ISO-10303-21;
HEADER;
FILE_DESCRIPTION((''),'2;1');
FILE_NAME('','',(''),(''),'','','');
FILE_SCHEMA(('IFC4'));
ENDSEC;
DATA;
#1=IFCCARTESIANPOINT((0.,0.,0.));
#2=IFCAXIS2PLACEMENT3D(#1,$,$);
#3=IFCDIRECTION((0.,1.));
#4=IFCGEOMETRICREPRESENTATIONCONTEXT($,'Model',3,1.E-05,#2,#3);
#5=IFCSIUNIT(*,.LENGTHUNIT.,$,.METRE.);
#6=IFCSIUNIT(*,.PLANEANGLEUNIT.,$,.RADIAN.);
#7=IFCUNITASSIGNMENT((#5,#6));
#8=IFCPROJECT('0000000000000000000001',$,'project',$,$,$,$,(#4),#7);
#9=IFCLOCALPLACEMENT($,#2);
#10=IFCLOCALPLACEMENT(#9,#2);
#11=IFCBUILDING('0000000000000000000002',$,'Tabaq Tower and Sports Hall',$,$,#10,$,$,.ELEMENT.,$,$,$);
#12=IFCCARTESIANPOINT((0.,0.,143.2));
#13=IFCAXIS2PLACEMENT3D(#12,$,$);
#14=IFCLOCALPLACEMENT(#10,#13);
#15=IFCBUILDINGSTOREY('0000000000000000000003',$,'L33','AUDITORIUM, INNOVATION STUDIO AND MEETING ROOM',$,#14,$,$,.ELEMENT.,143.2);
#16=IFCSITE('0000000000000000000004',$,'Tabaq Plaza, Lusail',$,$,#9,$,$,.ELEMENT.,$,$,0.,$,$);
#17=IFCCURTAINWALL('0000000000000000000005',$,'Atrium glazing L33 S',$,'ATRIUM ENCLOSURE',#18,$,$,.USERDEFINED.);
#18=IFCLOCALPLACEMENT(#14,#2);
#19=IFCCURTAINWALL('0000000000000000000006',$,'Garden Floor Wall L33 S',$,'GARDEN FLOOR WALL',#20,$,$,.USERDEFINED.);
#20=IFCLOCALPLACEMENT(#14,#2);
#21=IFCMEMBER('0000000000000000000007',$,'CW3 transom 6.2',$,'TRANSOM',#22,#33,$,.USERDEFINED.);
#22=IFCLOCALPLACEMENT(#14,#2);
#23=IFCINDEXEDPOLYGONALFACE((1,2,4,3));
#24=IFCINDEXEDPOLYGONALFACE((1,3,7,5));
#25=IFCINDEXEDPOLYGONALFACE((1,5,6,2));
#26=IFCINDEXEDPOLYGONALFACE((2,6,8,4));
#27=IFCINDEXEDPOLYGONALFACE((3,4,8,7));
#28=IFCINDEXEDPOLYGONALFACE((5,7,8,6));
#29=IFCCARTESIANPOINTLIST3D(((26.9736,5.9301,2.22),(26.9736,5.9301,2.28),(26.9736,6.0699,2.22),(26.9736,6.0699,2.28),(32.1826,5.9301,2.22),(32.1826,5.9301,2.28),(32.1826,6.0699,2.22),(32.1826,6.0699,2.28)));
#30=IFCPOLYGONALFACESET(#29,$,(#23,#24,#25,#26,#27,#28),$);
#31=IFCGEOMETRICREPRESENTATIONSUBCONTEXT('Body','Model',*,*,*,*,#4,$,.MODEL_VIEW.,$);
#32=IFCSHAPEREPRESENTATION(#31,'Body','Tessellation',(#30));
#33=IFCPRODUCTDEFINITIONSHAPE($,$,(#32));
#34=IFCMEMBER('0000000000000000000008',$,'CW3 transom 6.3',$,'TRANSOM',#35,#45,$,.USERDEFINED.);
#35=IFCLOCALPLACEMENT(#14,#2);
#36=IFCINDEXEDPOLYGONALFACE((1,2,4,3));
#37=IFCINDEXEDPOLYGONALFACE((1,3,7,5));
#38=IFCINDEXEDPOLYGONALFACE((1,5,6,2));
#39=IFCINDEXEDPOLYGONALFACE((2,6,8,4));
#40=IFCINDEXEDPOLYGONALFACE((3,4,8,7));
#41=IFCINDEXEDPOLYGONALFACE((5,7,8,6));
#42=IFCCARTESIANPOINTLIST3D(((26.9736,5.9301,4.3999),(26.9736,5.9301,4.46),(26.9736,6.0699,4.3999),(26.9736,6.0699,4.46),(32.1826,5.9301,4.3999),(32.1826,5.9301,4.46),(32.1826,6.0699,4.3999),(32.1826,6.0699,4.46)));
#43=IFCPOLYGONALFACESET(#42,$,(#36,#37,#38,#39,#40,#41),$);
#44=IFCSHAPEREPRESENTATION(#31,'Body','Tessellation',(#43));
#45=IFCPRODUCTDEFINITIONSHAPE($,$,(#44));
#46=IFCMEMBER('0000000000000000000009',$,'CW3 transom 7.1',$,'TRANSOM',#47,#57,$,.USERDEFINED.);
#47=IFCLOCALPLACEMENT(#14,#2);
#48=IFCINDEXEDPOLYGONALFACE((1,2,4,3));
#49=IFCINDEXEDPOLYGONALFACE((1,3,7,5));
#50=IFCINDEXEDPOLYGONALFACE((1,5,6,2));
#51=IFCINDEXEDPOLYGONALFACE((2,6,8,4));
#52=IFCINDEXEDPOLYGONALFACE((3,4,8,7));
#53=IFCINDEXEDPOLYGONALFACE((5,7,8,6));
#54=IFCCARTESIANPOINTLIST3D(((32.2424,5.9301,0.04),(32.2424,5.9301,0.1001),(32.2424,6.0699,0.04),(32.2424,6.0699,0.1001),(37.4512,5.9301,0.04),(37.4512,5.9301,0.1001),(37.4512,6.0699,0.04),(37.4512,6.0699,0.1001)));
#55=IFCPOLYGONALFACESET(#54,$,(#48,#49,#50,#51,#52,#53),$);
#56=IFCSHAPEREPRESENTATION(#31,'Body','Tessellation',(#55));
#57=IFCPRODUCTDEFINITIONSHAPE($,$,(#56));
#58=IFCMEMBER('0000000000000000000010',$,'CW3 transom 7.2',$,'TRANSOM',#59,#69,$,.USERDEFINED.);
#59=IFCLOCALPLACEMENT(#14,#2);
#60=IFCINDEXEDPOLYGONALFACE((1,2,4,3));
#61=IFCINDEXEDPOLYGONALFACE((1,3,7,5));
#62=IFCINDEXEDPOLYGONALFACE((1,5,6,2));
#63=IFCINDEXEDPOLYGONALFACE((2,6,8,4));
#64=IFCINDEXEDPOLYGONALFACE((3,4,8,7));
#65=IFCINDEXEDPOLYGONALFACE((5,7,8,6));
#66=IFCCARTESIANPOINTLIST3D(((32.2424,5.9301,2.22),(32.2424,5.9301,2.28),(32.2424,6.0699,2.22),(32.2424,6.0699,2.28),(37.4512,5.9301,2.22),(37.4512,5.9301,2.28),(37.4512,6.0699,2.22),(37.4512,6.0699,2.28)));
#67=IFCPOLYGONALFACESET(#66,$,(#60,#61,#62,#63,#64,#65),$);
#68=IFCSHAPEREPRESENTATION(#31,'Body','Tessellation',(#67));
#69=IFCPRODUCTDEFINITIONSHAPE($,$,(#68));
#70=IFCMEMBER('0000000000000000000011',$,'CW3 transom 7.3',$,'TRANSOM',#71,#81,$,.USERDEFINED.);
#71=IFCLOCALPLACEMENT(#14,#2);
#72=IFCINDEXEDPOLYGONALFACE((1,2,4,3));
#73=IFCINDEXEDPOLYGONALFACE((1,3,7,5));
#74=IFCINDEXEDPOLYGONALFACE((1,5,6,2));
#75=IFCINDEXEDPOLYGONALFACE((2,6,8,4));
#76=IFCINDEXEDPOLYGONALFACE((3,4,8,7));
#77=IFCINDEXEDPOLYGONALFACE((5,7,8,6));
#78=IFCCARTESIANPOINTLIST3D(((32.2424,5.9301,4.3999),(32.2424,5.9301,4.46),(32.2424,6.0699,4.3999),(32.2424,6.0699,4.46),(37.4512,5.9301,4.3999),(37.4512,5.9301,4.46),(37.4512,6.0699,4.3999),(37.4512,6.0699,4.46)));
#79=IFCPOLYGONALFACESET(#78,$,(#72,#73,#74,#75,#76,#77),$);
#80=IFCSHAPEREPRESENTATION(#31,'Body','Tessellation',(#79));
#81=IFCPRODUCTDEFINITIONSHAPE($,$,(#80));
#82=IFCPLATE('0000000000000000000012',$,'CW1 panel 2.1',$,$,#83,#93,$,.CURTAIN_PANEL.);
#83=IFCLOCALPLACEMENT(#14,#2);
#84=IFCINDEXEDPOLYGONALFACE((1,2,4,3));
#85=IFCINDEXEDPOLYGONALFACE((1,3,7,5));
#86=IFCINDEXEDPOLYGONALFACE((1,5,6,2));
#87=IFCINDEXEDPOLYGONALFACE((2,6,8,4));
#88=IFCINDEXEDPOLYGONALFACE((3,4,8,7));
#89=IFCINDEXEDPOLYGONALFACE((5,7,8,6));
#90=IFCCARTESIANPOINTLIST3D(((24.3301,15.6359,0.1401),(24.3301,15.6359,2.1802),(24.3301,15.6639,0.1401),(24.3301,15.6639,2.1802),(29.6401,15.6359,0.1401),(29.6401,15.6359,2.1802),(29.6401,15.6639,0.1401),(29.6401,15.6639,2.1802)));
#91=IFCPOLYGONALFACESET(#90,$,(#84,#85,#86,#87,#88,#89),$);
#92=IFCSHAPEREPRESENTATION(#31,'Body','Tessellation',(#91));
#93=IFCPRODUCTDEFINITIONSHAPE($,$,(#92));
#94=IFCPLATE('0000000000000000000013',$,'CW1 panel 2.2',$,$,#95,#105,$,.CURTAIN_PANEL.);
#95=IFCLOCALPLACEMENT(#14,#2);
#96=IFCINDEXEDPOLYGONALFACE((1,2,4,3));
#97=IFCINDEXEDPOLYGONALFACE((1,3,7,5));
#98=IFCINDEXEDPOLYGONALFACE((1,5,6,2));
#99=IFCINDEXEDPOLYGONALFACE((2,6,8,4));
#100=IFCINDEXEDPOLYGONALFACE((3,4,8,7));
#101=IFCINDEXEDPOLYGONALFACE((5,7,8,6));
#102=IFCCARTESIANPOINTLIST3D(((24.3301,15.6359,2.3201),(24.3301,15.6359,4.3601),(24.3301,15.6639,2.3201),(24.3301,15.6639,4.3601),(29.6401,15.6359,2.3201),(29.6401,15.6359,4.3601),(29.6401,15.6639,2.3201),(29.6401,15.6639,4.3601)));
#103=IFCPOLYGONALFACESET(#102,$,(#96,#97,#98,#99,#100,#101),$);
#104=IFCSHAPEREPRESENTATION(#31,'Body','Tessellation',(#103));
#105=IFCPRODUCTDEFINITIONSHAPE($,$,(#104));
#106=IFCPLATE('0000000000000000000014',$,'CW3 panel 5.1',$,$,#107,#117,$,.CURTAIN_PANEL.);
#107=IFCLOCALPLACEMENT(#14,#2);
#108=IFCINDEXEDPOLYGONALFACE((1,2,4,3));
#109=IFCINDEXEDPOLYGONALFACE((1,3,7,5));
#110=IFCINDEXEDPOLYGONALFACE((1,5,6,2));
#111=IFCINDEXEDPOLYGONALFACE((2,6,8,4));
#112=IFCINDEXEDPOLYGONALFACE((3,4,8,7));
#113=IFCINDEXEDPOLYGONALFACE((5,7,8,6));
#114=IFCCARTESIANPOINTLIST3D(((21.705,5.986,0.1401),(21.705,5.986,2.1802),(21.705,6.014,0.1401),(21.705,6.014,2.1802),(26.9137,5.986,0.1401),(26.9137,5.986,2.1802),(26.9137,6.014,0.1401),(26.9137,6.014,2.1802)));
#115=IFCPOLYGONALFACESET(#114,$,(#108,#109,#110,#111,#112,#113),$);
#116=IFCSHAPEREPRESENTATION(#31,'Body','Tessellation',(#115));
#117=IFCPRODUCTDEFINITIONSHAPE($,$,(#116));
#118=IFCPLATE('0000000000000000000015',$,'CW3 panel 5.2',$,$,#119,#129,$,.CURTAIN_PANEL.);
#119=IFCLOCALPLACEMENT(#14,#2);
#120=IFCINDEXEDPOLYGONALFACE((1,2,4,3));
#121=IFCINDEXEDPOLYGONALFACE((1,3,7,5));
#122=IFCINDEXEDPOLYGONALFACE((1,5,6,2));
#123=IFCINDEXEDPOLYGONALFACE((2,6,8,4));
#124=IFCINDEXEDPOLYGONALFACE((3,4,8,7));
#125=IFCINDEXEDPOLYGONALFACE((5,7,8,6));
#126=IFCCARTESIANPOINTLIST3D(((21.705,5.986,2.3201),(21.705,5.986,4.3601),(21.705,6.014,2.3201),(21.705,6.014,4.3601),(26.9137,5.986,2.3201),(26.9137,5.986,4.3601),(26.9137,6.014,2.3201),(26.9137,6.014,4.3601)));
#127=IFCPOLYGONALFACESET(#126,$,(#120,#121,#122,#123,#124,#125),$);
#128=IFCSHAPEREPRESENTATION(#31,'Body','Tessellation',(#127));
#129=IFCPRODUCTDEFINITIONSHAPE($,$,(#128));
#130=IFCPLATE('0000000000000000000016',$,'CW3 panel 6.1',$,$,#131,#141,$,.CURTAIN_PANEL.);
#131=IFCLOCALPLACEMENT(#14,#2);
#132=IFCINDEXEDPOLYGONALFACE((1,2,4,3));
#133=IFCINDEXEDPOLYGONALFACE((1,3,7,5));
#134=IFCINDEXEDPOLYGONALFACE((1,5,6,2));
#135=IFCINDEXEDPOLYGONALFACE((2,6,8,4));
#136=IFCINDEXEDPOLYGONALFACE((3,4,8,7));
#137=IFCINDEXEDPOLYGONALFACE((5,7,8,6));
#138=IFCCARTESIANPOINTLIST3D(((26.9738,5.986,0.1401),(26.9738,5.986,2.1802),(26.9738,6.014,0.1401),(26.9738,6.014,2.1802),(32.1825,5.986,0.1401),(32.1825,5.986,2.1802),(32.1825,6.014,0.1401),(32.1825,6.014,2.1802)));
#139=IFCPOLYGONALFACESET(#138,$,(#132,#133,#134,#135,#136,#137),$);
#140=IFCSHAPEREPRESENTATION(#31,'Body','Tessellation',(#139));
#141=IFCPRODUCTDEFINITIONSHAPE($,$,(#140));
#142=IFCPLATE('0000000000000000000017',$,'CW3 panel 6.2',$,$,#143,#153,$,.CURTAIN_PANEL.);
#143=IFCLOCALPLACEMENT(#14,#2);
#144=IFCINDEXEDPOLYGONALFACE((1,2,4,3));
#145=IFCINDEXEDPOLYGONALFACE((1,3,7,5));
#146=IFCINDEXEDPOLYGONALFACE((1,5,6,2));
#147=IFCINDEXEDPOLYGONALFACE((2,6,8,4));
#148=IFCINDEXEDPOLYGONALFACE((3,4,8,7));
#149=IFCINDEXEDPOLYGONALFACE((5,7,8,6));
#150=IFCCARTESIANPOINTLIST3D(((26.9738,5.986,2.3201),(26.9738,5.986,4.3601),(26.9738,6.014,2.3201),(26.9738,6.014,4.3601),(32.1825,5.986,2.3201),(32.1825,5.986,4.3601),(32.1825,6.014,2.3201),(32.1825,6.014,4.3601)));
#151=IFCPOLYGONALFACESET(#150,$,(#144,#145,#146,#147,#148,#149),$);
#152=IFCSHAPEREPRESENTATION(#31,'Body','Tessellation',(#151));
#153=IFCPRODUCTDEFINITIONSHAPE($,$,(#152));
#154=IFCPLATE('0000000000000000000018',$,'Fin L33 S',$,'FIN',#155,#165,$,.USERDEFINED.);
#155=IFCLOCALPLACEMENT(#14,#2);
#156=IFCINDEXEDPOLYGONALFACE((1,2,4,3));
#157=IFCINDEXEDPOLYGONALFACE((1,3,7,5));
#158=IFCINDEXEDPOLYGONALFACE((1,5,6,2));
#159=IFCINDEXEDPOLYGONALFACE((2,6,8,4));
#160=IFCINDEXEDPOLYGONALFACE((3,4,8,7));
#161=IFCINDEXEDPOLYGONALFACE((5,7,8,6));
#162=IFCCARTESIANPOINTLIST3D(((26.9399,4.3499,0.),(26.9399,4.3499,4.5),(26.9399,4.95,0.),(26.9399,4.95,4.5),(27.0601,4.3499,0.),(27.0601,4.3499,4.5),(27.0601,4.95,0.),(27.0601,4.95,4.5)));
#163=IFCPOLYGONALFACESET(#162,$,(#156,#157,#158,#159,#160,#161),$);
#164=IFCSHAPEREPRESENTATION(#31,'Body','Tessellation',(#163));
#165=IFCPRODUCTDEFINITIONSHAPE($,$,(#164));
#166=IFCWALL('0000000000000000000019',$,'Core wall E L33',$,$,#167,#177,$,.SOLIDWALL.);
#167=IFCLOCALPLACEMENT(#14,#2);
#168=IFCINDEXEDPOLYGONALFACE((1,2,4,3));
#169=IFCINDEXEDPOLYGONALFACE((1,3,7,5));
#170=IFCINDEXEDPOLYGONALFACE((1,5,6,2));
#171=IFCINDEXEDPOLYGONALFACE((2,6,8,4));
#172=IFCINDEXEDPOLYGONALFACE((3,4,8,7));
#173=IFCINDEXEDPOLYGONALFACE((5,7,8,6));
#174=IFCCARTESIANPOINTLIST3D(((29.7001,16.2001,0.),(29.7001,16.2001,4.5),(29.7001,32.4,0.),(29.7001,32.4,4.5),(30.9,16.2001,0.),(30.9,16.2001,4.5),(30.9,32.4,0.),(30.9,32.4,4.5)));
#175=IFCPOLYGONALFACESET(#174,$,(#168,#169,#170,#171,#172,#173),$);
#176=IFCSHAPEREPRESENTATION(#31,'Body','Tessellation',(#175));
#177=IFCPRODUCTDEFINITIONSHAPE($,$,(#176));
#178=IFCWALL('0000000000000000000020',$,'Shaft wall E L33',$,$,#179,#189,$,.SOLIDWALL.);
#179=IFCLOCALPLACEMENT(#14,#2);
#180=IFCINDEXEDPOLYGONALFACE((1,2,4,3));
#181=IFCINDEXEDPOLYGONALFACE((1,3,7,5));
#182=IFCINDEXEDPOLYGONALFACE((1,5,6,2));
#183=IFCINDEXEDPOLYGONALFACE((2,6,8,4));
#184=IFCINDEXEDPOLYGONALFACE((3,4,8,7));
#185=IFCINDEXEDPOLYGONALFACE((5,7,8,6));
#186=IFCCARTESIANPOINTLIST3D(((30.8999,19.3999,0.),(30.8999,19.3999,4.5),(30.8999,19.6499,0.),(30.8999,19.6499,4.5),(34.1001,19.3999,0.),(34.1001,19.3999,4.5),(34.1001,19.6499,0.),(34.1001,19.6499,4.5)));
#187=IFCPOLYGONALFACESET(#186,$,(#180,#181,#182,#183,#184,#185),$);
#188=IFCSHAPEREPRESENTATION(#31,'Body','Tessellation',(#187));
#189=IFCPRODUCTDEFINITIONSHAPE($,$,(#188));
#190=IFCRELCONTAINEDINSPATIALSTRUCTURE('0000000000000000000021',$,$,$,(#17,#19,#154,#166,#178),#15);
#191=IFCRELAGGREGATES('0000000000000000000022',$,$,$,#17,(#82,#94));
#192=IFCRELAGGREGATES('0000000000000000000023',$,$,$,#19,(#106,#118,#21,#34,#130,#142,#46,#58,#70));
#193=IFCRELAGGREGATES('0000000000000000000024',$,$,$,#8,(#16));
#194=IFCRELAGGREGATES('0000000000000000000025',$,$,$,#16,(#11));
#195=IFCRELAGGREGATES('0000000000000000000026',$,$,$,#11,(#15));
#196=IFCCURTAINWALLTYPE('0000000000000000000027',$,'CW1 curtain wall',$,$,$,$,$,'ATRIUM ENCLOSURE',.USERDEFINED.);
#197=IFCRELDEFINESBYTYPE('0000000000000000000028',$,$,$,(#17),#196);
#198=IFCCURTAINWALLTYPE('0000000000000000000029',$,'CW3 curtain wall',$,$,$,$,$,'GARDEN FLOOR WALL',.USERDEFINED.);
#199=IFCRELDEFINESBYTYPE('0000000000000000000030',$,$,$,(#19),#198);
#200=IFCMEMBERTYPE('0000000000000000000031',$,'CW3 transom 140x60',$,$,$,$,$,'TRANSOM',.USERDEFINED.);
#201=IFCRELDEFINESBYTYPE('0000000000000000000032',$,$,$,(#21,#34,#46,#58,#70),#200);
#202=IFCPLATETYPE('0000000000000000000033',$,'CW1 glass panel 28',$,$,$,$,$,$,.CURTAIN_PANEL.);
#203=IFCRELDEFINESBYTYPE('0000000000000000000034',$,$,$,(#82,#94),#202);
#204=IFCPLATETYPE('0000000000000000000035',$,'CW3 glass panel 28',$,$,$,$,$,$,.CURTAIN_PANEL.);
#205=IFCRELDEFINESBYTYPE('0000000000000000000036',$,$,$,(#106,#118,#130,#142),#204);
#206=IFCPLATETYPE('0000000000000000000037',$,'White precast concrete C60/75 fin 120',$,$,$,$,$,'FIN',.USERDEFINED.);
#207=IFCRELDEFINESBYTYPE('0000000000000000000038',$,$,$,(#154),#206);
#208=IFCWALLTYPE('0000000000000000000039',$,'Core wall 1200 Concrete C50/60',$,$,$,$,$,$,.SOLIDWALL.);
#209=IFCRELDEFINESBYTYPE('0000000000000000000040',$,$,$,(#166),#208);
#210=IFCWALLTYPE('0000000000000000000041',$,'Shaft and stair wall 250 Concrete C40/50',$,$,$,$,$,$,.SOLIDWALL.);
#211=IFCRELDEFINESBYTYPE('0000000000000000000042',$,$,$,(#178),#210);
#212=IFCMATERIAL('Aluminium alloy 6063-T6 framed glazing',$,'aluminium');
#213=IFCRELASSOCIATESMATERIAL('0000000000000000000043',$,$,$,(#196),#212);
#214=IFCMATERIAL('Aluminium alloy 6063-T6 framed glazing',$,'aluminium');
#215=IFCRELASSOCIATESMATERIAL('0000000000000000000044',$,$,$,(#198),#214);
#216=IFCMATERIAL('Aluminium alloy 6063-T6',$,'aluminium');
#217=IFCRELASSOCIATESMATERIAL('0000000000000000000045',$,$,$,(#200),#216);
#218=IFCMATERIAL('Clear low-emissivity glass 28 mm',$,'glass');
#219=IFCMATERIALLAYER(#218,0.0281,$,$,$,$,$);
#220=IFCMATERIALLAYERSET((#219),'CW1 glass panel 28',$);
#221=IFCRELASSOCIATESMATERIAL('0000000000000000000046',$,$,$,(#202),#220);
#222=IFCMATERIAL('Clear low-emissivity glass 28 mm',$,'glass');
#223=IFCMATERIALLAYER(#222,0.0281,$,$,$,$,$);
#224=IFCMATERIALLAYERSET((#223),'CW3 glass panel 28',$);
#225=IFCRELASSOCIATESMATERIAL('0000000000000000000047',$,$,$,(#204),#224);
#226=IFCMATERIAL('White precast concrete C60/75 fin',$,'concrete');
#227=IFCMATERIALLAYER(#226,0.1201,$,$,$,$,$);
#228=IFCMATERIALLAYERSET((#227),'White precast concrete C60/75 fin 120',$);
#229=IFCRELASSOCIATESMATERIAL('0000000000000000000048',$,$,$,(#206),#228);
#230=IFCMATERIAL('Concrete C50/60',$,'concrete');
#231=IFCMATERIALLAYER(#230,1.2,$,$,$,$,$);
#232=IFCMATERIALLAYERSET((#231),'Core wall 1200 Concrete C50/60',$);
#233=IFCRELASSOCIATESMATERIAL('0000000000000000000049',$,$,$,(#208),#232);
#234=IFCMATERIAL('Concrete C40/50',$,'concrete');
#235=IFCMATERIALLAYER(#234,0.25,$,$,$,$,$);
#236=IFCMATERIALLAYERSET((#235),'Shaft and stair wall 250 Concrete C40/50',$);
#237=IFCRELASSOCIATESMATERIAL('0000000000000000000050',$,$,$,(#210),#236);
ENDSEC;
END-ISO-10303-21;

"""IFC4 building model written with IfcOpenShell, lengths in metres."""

from ifc_helpers import new_model, si_unit, direction, frame, frame_2d, origin, origin_2d, place, context, subcontext, project, spatial, rectangle, extrude, material, layer, layer_set, material_profile, profile_set, type_object, element, aggregate, save


model = new_model("IFC4")

# Units and contexts
model_context = context("Model", 3, precision=1e-05, world=origin(), true_north=direction((0.0, 1.0)))
body_context = subcontext(model_context, "Body", "Model", "MODEL_VIEW")
ifc_project = project(units=[si_unit("LENGTHUNIT", "METRE"), si_unit("PLANEANGLEUNIT", "RADIAN")], contexts=[model_context])

# Site, building, storey
site_placement = place(None, origin())
site = spatial("IfcSite", under=ifc_project, at=site_placement, Name="Tabaq Plaza, Lusail", CompositionType="ELEMENT", RefElevation=0.0)
building_placement = place(site_placement, origin())
building = spatial("IfcBuilding", under=site, at=building_placement, Name="Tabaq Tower and Sports Hall", CompositionType="ELEMENT")
storey_placement = place(building_placement, frame((0.0, 0.0, 143.2)))
storey = spatial("IfcBuildingStorey", under=building, at=storey_placement, Name="L33", Description="AUDITORIUM, INNOVATION STUDIO AND MEETING ROOM", CompositionType="ELEMENT", Elevation=143.2)

# Curtain walls, members
ifc_material_1 = material(Name="Aluminium alloy 6063-T6 framed glazing", Category="aluminium")
curtain_wall_type_1 = type_object("IfcCurtainWallType", Name="CW1 curtain wall", ElementType="ATRIUM ENCLOSURE", PredefinedType="USERDEFINED", material=ifc_material_1)
curtain_wall_1_placement = place(storey_placement, origin())
curtain_wall_1 = element("IfcCurtainWall", 1, at=curtain_wall_1_placement, inside=storey, type_object=curtain_wall_type_1, Name="Atrium glazing L33 S", ObjectType="ATRIUM ENCLOSURE", PredefinedType="USERDEFINED")
ifc_material_2 = material(Name="Aluminium alloy 6063-T6 framed glazing", Category="aluminium")
curtain_wall_type_2 = type_object("IfcCurtainWallType", Name="CW3 curtain wall", ElementType="GARDEN FLOOR WALL", PredefinedType="USERDEFINED", material=ifc_material_2)
curtain_wall_2_placement = place(storey_placement, origin())
curtain_wall_2 = element("IfcCurtainWall", 2, at=curtain_wall_2_placement, inside=storey, type_object=curtain_wall_type_2, Name="Garden Floor Wall L33 S", ObjectType="GARDEN FLOOR WALL", PredefinedType="USERDEFINED")
ifc_material_3 = material(Name="Aluminium alloy 6063-T6", Category="aluminium")
ifc_material_profile_1 = material_profile(ifc_material_3, rectangle(XDim=0.1399, YDim=0.0601, at=origin_2d()), Name="TRANSOM 140x60")
ifc_profile_set_1 = profile_set([ifc_material_profile_1], Name="Aluminium alloy 6063-T6")
member_type_1 = type_object("IfcMemberType", Name="CW3 transom 140x60", ElementType="TRANSOM", PredefinedType="USERDEFINED", material=ifc_profile_set_1)
member_1_placement = place(storey_placement, frame((26.9736, 6.0, 2.25), z_axis=(1.0, 0.0, 0.0), x_axis=(0.0, 1.0, 0.0)))
member_1 = element("IfcMember", 3, at=member_1_placement, type_object=member_type_1, Name="CW3 transom 6.2", ObjectType="TRANSOM", PredefinedType="USERDEFINED", context=body_context, shape_type="SweptSolid", body=[
    extrude(rectangle(XDim=0.1399, YDim=0.0601, at=origin_2d()), origin(), (0.0, 0.0, 1.0), 5.209),
])
member_2_placement = place(storey_placement, frame((26.9736, 6.0, 4.4299), z_axis=(1.0, 0.0, 0.0), x_axis=(0.0, 1.0, 0.0)))
member_2 = element("IfcMember", 4, at=member_2_placement, type_object=member_type_1, Name="CW3 transom 6.3", ObjectType="TRANSOM", PredefinedType="USERDEFINED", context=body_context, shape_type="SweptSolid", body=[
    extrude(rectangle(XDim=0.1399, YDim=0.0601, at=origin_2d()), origin(), (0.0, 0.0, 1.0), 5.209),
])
member_3_placement = place(storey_placement, frame((32.2424, 6.0, 0.0701), z_axis=(1.0, 0.0, 0.0), x_axis=(0.0, 1.0, 0.0)))
member_3 = element("IfcMember", 5, at=member_3_placement, type_object=member_type_1, Name="CW3 transom 7.1", ObjectType="TRANSOM", PredefinedType="USERDEFINED", context=body_context, shape_type="SweptSolid", body=[
    extrude(rectangle(XDim=0.1399, YDim=0.0601, at=origin_2d()), origin(), (0.0, 0.0, 1.0), 5.2087),
])
member_4_placement = place(storey_placement, frame((32.2424, 6.0, 2.25), z_axis=(1.0, 0.0, 0.0), x_axis=(0.0, 1.0, 0.0)))
member_4 = element("IfcMember", 6, at=member_4_placement, type_object=member_type_1, Name="CW3 transom 7.2", ObjectType="TRANSOM", PredefinedType="USERDEFINED", context=body_context, shape_type="SweptSolid", body=[
    extrude(rectangle(XDim=0.1399, YDim=0.0601, at=origin_2d()), origin(), (0.0, 0.0, 1.0), 5.2087),
])
member_5_placement = place(storey_placement, frame((32.2424, 6.0, 4.4299), z_axis=(1.0, 0.0, 0.0), x_axis=(0.0, 1.0, 0.0)))
member_5 = element("IfcMember", 7, at=member_5_placement, type_object=member_type_1, Name="CW3 transom 7.3", ObjectType="TRANSOM", PredefinedType="USERDEFINED", context=body_context, shape_type="SweptSolid", body=[
    extrude(rectangle(XDim=0.1399, YDim=0.0601, at=origin_2d()), origin(), (0.0, 0.0, 1.0), 5.2087),
])

# Plates
ifc_material_4 = material(Name="Clear low-emissivity glass 28 mm", Category="glass")
ifc_layer_1 = layer(ifc_material_4, 0.0281)
ifc_layer_set_1 = layer_set([ifc_layer_1], Name="CW1 glass panel 28")
plate_type_1 = type_object("IfcPlateType", Name="CW1 glass panel 28", PredefinedType="CURTAIN_PANEL", material=ifc_layer_set_1)
plate_1_placement = place(storey_placement, frame((26.9851, 15.6499, 0.1401), z_axis=(0.0, 0.0, 1.0), x_axis=(1.0, 0.0, 0.0)))
plate_1 = element("IfcPlate", 8, at=plate_1_placement, type_object=plate_type_1, Name="CW1 panel 2.1", PredefinedType="CURTAIN_PANEL", context=body_context, shape_type="SweptSolid", body=[
    extrude(rectangle(XDim=5.3101, YDim=0.0281, at=origin_2d()), origin(), (0.0, 0.0, 1.0), 2.04),
])
plate_2_placement = place(storey_placement, frame((26.9851, 15.6499, 2.3201), z_axis=(0.0, 0.0, 1.0), x_axis=(1.0, 0.0, 0.0)))
plate_2 = element("IfcPlate", 9, at=plate_2_placement, type_object=plate_type_1, Name="CW1 panel 2.2", PredefinedType="CURTAIN_PANEL", context=body_context, shape_type="SweptSolid", body=[
    extrude(rectangle(XDim=5.3101, YDim=0.0281, at=origin_2d()), origin(), (0.0, 0.0, 1.0), 2.04),
])
aggregate(curtain_wall_1, [plate_1, plate_2])
ifc_material_5 = material(Name="Clear low-emissivity glass 28 mm", Category="glass")
ifc_layer_2 = layer(ifc_material_5, 0.0281)
ifc_layer_set_2 = layer_set([ifc_layer_2], Name="CW3 glass panel 28")
plate_type_2 = type_object("IfcPlateType", Name="CW3 glass panel 28", PredefinedType="CURTAIN_PANEL", material=ifc_layer_set_2)
plate_3_placement = place(storey_placement, frame((24.3093, 6.0, 0.1401), z_axis=(0.0, 0.0, 1.0), x_axis=(1.0, 0.0, 0.0)))
plate_3 = element("IfcPlate", 10, at=plate_3_placement, type_object=plate_type_2, Name="CW3 panel 5.1", PredefinedType="CURTAIN_PANEL", context=body_context, shape_type="SweptSolid", body=[
    extrude(rectangle(XDim=5.2087, YDim=0.0281, at=origin_2d()), origin(), (0.0, 0.0, 1.0), 2.04),
])
plate_4_placement = place(storey_placement, frame((24.3093, 6.0, 2.3201), z_axis=(0.0, 0.0, 1.0), x_axis=(1.0, 0.0, 0.0)))
plate_4 = element("IfcPlate", 11, at=plate_4_placement, type_object=plate_type_2, Name="CW3 panel 5.2", PredefinedType="CURTAIN_PANEL", context=body_context, shape_type="SweptSolid", body=[
    extrude(rectangle(XDim=5.2087, YDim=0.0281, at=origin_2d()), origin(), (0.0, 0.0, 1.0), 2.04),
])
plate_5_placement = place(storey_placement, frame((29.5781, 6.0, 0.1401), z_axis=(0.0, 0.0, 1.0), x_axis=(1.0, 0.0, 0.0)))
plate_5 = element("IfcPlate", 12, at=plate_5_placement, type_object=plate_type_2, Name="CW3 panel 6.1", PredefinedType="CURTAIN_PANEL", context=body_context, shape_type="SweptSolid", body=[
    extrude(rectangle(XDim=5.2087, YDim=0.0281, at=origin_2d()), origin(), (0.0, 0.0, 1.0), 2.04),
])
plate_6_placement = place(storey_placement, frame((29.5781, 6.0, 2.3201), z_axis=(0.0, 0.0, 1.0), x_axis=(1.0, 0.0, 0.0)))
plate_6 = element("IfcPlate", 13, at=plate_6_placement, type_object=plate_type_2, Name="CW3 panel 6.2", PredefinedType="CURTAIN_PANEL", context=body_context, shape_type="SweptSolid", body=[
    extrude(rectangle(XDim=5.2087, YDim=0.0281, at=origin_2d()), origin(), (0.0, 0.0, 1.0), 2.04),
])
aggregate(curtain_wall_2, [plate_3, plate_4, member_1, member_2, plate_5, plate_6, member_3, member_4, member_5])
ifc_material_6 = material(Name="White precast concrete C60/75 fin", Category="concrete")
ifc_layer_3 = layer(ifc_material_6, 0.1201)
ifc_layer_set_3 = layer_set([ifc_layer_3], Name="White precast concrete C60/75 fin 120")
plate_type_3 = type_object("IfcPlateType", Name="White precast concrete C60/75 fin 120", ElementType="FIN", PredefinedType="USERDEFINED", material=ifc_layer_set_3)
plate_7_placement = place(storey_placement, frame((27.0, 4.6499, 0.0), z_axis=(0.0, 0.0, 1.0), x_axis=(1.0, 0.0, 0.0)))
element("IfcPlate", 14, at=plate_7_placement, inside=storey, type_object=plate_type_3, Name="Fin L33 S", ObjectType="FIN", PredefinedType="USERDEFINED", context=body_context, shape_type="SweptSolid", body=[
    extrude(rectangle(XDim=0.1201, YDim=0.6001, at=origin_2d()), origin(), (0.0, 0.0, 1.0), 4.5),
])

# Walls
ifc_material_7 = material(Name="Concrete C50/60", Category="concrete")
ifc_layer_4 = layer(ifc_material_7, 1.2)
ifc_layer_set_4 = layer_set([ifc_layer_4], Name="Core wall 1200 Concrete C50/60")
wall_type_1 = type_object("IfcWallType", Name="Core wall 1200 Concrete C50/60", PredefinedType="SOLIDWALL", material=ifc_layer_set_4)
wall_1_placement = place(storey_placement, frame((30.3, 16.2, 0.0), z_axis=(0.0, 0.0, 1.0), x_axis=(0.0, 1.0, 0.0)))
element("IfcWall", 15, at=wall_1_placement, inside=storey, type_object=wall_type_1, Name="Core wall E L33", PredefinedType="SOLIDWALL", context=body_context, shape_type="SweptSolid", body=[
    extrude(rectangle(XDim=16.2, YDim=1.2, at=frame_2d((8.1001, 0.0))), origin(), (0.0, 0.0, 1.0), 4.5),
])
ifc_material_8 = material(Name="Concrete C40/50", Category="concrete")
ifc_layer_5 = layer(ifc_material_8, 0.25)
ifc_layer_set_5 = layer_set([ifc_layer_5], Name="Shaft and stair wall 250 Concrete C40/50")
wall_type_2 = type_object("IfcWallType", Name="Shaft and stair wall 250 Concrete C40/50", PredefinedType="SOLIDWALL", material=ifc_layer_set_5)
wall_2_placement = place(storey_placement, frame((30.8999, 19.5249, 0.0), z_axis=(0.0, 0.0, 1.0), x_axis=(1.0, 0.0, 0.0)))
element("IfcWall", 16, at=wall_2_placement, inside=storey, type_object=wall_type_2, Name="Shaft wall E L33", PredefinedType="SOLIDWALL", context=body_context, shape_type="SweptSolid", body=[
    extrude(rectangle(XDim=3.2002, YDim=0.25, at=frame_2d((1.6001, 0.0))), origin(), (0.0, 0.0, 1.0), 4.5),
])

save(model, "model.ifc")
